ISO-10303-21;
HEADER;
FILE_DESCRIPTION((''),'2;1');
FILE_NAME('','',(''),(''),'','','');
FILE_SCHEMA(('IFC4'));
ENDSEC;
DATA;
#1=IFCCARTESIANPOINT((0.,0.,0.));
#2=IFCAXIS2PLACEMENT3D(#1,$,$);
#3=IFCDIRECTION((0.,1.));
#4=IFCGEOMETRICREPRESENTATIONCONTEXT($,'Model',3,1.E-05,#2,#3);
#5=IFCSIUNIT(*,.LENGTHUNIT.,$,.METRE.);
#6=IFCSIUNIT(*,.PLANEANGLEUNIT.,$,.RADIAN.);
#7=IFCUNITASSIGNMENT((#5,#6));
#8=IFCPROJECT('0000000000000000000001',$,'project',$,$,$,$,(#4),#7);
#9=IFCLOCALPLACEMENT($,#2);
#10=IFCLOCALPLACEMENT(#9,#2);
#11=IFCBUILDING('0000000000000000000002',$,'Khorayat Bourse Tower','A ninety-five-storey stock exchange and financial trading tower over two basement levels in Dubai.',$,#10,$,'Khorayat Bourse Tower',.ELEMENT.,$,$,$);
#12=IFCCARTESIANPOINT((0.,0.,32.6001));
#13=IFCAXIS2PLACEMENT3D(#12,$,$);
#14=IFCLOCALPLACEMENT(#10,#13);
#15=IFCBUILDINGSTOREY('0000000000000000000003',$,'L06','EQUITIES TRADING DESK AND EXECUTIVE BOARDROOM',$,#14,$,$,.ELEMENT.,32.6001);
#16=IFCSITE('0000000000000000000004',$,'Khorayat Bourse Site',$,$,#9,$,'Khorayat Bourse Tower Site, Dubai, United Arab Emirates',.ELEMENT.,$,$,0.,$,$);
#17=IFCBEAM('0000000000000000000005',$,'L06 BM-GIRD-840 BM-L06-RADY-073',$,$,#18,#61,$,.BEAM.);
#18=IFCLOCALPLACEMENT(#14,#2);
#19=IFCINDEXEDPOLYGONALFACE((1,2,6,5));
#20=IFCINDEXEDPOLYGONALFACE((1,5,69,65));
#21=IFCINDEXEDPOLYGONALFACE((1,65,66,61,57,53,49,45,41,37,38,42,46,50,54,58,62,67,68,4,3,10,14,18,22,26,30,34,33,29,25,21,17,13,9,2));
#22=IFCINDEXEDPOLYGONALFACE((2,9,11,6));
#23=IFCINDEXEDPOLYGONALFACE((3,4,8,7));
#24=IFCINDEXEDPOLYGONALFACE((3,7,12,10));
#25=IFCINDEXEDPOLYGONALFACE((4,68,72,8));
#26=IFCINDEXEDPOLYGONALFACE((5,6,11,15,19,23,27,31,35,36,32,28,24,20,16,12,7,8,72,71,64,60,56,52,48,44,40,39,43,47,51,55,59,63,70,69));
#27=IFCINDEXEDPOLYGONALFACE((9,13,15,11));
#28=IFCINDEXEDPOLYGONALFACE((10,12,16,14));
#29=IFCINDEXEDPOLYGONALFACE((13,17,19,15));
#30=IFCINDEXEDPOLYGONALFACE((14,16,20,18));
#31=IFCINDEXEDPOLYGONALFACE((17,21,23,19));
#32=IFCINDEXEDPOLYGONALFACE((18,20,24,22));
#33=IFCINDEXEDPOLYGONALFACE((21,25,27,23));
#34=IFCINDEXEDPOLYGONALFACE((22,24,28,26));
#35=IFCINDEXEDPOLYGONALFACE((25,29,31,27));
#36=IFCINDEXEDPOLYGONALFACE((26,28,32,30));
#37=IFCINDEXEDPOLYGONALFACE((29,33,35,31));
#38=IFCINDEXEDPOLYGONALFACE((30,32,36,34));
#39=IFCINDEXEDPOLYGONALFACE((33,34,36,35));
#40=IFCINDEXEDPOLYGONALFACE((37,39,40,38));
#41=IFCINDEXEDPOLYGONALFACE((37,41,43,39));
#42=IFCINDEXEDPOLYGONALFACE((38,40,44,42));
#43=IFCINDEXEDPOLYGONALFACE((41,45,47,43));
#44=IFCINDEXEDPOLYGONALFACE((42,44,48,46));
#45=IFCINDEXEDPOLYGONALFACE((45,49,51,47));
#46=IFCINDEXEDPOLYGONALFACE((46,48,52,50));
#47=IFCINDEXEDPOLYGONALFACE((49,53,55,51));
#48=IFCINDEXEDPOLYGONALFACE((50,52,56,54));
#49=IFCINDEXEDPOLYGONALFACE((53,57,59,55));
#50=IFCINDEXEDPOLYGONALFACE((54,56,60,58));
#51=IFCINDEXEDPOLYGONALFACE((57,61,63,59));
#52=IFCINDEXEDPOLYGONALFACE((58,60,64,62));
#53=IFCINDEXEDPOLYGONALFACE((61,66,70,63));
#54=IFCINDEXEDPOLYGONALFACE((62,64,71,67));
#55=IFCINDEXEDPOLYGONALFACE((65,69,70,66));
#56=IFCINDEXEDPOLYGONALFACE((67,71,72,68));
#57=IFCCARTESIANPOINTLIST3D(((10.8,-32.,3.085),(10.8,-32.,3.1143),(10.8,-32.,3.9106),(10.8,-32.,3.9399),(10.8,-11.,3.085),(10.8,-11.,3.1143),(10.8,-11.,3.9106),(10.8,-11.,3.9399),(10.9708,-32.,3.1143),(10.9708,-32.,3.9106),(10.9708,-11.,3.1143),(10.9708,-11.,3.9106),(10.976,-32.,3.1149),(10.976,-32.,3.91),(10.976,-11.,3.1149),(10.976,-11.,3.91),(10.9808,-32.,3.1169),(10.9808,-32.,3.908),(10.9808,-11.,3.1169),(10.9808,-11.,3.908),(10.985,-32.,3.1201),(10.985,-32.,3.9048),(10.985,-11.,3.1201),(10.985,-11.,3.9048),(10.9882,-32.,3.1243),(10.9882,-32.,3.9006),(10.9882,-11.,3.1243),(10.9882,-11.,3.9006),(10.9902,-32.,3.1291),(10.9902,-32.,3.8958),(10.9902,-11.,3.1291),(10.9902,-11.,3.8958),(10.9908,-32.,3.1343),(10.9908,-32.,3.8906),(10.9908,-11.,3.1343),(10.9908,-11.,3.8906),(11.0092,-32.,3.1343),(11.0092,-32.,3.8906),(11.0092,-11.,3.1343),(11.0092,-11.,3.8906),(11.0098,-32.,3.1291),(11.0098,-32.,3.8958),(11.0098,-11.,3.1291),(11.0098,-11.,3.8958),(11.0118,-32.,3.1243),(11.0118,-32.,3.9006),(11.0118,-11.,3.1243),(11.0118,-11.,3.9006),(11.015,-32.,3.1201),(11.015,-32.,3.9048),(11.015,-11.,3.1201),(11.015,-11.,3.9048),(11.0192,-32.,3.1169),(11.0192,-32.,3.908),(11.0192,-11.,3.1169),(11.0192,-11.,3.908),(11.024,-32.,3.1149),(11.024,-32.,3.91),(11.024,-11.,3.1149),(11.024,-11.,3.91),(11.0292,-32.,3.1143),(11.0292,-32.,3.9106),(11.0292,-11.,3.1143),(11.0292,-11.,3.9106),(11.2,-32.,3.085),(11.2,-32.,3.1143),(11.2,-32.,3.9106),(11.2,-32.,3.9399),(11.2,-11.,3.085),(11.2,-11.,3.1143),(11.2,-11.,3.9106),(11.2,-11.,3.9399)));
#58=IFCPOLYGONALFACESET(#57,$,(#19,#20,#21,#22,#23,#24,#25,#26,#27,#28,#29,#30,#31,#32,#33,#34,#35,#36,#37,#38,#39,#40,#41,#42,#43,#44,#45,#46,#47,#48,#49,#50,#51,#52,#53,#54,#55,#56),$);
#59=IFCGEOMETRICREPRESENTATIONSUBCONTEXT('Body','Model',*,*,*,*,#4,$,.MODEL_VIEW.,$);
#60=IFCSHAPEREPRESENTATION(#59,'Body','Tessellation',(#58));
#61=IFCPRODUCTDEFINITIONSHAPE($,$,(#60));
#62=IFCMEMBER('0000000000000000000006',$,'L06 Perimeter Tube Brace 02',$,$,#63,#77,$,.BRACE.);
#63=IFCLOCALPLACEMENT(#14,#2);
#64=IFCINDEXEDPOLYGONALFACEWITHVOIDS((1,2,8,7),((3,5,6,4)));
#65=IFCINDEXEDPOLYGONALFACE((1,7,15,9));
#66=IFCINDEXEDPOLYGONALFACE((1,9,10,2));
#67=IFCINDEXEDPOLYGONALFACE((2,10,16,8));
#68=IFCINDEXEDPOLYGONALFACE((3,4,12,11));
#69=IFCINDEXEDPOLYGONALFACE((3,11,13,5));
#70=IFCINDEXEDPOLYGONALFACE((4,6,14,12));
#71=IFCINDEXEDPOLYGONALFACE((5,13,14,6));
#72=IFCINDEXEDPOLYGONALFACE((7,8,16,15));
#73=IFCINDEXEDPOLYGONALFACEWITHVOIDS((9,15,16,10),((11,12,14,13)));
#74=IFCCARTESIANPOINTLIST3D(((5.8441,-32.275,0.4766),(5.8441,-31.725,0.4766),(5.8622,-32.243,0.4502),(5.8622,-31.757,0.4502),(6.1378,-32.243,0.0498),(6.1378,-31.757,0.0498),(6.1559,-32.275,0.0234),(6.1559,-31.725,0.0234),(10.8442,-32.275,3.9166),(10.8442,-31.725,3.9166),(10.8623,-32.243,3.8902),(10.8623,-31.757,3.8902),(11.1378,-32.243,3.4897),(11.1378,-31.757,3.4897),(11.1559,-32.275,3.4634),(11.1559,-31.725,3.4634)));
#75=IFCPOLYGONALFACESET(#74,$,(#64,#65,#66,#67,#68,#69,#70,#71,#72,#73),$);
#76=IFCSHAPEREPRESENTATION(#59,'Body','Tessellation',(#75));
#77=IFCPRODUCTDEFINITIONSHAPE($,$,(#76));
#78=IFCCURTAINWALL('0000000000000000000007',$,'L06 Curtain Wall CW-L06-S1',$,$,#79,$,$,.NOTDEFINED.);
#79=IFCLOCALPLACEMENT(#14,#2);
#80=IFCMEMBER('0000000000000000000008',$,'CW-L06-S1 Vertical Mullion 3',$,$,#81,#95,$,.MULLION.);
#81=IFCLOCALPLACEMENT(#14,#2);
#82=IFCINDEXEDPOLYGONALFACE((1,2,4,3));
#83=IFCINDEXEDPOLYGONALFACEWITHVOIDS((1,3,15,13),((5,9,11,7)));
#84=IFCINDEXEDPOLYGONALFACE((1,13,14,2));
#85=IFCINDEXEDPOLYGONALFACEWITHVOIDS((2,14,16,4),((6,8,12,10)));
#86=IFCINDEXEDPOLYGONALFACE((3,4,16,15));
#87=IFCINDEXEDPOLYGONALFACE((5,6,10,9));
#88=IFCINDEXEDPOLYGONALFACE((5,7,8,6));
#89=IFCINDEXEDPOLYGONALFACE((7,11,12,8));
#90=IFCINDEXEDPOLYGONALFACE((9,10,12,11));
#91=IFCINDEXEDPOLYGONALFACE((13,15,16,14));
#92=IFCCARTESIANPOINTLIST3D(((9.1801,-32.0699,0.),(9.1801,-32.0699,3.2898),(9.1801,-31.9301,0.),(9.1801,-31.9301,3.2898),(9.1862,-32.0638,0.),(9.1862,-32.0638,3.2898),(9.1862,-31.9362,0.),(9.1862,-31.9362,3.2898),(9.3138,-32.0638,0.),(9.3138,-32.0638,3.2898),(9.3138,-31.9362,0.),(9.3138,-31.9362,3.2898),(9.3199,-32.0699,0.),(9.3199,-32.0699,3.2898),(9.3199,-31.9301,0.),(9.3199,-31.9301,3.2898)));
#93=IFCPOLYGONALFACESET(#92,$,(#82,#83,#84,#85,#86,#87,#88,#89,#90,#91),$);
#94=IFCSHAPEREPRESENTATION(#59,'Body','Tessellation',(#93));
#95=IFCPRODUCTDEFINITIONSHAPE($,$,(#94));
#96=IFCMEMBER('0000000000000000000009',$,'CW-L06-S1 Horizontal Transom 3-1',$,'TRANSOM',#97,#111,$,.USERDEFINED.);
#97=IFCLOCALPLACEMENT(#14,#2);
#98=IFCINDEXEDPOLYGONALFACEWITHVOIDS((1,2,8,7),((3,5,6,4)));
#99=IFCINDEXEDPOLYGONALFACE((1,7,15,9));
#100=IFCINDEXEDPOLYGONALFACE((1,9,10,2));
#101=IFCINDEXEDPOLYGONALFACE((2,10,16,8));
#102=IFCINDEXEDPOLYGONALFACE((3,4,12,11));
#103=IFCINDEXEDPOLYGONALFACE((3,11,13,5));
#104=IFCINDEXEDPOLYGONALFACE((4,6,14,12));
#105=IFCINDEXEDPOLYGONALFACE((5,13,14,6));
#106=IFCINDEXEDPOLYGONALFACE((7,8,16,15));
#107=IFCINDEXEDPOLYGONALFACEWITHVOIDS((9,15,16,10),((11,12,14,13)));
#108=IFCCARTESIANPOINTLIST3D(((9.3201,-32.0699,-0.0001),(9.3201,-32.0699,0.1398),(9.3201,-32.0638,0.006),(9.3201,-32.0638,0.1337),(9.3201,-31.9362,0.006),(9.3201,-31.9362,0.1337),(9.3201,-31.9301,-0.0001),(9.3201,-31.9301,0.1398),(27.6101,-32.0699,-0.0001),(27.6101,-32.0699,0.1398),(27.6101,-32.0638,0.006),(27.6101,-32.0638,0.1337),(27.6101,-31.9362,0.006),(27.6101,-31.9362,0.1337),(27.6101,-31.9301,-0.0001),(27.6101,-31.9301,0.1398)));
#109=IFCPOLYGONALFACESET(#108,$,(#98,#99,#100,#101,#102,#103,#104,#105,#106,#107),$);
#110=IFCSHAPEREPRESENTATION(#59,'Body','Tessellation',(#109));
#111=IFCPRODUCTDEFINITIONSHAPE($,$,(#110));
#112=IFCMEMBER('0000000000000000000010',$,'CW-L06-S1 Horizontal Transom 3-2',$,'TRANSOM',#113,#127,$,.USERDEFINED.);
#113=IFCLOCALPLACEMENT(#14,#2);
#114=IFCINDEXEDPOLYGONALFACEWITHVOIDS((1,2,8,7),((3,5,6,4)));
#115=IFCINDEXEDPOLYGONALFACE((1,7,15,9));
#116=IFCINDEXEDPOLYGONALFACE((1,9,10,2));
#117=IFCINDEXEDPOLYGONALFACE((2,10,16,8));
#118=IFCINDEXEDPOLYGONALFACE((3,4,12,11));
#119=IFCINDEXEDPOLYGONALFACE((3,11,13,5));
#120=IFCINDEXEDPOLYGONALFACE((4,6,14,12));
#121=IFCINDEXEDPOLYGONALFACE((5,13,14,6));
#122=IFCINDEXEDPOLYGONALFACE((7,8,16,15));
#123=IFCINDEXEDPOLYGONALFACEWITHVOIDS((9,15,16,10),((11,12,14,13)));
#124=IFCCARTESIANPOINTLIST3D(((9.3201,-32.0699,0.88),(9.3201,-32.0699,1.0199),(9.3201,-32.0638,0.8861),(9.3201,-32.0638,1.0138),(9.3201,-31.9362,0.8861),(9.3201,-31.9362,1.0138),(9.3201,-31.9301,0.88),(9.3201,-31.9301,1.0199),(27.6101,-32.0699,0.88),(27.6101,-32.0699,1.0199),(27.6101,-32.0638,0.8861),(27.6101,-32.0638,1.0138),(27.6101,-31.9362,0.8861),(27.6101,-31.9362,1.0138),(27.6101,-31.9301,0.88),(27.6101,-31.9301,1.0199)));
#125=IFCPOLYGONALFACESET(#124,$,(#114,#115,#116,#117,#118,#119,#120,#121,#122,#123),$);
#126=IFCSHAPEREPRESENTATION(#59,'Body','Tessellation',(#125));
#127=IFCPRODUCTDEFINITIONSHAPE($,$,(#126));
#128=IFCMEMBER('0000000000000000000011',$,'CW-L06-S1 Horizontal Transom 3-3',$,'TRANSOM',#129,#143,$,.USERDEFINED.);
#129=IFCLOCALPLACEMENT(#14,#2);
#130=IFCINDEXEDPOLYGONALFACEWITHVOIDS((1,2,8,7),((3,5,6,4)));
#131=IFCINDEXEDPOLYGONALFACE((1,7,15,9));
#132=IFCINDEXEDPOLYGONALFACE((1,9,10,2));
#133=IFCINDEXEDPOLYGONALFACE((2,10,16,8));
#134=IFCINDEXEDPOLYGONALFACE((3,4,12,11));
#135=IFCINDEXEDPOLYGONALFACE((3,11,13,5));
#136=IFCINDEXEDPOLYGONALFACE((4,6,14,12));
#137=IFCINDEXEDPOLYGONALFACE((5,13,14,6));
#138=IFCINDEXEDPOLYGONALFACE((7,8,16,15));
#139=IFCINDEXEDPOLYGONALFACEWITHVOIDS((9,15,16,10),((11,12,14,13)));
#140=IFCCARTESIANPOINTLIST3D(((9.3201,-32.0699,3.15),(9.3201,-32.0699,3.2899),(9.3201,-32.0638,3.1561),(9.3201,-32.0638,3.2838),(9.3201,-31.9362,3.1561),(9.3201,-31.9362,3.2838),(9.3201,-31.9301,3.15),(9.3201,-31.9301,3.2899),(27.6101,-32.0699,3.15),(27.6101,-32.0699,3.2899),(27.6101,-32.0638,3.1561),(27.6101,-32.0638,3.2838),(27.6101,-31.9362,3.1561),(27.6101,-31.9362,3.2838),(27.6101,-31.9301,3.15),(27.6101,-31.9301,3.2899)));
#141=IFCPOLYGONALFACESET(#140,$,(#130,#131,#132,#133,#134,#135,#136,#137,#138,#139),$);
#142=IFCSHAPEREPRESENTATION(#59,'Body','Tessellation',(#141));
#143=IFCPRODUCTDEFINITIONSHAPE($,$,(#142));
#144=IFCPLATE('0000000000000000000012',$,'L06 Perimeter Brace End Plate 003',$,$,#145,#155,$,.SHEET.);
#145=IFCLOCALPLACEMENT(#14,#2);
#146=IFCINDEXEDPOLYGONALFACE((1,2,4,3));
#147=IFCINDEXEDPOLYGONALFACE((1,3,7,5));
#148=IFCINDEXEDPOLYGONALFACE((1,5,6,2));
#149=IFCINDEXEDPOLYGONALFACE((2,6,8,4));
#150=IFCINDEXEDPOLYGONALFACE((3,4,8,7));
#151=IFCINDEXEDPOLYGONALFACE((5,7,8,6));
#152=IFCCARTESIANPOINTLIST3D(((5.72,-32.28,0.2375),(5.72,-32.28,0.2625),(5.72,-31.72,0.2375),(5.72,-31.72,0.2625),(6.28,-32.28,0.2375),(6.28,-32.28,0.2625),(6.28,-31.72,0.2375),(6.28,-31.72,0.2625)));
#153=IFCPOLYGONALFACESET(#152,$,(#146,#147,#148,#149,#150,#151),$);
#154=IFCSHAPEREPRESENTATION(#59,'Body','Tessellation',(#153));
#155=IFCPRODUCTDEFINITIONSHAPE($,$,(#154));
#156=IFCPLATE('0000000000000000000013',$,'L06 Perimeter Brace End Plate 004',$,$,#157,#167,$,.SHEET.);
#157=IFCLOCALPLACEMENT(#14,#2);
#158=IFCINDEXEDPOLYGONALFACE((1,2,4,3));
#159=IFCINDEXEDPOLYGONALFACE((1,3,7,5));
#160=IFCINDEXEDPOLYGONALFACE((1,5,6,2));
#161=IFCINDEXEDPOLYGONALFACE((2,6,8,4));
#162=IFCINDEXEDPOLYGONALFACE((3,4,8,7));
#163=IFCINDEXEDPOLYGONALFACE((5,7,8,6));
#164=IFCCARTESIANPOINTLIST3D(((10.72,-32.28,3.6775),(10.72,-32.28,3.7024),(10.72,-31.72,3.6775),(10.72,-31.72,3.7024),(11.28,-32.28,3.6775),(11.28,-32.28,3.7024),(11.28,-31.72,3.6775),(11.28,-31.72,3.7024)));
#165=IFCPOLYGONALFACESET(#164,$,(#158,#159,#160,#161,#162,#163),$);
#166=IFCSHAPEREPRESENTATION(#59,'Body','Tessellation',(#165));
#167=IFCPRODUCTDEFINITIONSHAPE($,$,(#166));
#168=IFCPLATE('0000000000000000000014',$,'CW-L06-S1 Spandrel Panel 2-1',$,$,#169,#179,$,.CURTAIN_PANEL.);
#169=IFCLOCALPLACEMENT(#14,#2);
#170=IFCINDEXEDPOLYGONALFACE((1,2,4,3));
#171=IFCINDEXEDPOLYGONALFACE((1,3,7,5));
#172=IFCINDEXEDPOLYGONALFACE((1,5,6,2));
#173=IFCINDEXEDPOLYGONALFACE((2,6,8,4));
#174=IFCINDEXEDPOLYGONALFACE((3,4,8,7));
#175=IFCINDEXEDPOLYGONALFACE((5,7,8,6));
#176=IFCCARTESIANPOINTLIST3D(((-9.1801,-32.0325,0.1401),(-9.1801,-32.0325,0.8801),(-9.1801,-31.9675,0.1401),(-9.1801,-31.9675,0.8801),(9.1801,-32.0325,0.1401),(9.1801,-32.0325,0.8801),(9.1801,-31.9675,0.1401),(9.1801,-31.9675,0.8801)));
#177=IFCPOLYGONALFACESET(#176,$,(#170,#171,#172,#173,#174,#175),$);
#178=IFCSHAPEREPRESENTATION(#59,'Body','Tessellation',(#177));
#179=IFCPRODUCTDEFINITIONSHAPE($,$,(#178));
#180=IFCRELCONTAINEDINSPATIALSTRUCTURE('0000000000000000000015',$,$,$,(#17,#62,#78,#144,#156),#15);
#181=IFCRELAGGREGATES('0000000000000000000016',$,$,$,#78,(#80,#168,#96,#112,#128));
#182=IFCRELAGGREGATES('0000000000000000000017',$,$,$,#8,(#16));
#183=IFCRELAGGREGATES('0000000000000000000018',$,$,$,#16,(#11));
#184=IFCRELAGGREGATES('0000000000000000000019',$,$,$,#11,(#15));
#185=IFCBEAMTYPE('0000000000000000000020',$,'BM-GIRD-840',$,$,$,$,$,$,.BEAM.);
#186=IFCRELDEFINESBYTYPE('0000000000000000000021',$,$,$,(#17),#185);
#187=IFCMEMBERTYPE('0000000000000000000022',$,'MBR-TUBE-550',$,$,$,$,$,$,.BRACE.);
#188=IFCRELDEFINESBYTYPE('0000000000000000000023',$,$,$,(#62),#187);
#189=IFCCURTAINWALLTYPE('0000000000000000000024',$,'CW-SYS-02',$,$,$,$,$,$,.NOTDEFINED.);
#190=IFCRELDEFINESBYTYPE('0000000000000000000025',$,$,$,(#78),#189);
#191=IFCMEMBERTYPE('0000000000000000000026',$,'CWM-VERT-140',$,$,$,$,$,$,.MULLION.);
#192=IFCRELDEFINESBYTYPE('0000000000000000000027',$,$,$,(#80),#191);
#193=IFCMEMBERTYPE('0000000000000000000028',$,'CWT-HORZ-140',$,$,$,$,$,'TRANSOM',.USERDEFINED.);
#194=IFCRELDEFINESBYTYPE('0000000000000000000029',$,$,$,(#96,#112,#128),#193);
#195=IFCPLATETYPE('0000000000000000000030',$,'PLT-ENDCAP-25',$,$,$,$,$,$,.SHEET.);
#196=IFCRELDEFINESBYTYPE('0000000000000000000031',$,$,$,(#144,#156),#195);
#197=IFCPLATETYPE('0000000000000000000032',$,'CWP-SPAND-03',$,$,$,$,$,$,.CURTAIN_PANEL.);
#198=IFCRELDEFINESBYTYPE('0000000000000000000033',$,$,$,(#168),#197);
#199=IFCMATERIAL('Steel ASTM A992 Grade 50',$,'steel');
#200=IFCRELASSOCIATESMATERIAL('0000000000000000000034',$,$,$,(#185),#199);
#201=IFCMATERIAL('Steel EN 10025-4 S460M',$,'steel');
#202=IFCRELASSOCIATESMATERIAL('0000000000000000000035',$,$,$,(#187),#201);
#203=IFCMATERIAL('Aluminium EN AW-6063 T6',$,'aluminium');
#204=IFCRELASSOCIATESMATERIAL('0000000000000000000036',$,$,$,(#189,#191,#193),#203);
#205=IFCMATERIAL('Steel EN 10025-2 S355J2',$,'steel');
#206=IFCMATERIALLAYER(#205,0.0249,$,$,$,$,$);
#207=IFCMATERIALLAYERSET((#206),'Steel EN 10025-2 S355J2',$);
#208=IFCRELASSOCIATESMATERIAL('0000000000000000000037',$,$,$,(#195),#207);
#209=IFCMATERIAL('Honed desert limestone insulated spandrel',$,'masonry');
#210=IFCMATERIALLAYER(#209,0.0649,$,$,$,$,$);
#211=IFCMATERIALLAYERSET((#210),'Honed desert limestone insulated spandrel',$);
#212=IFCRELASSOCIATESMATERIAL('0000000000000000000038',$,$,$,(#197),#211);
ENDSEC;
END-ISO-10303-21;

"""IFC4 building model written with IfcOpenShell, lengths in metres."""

from ifc_helpers import new_model, si_unit, direction, frame, origin, origin_2d, place, context, subcontext, project, spatial, rectangle, hollow_rectangle, i_section, extrude, source, transform, mapped, material, layer, layer_set, material_profile, profile_set, type_object, element, aggregate, save


model = new_model("IFC4")

# Units and contexts
model_context = context("Model", 3, precision=1e-05, world=origin(), true_north=direction((0.0, 1.0)))
body_context = subcontext(model_context, "Body", "Model", "MODEL_VIEW")
ifc_project = project(units=[si_unit("LENGTHUNIT", "METRE"), si_unit("PLANEANGLEUNIT", "RADIAN")], contexts=[model_context])

# Site, building, storey
site_placement = place(None, origin())
site = spatial("IfcSite", under=ifc_project, at=site_placement, Name="Khorayat Bourse Site", LongName="Khorayat Bourse Tower Site, Dubai, United Arab Emirates", CompositionType="ELEMENT", RefElevation=0.0)
building_placement = place(site_placement, origin())
building = spatial("IfcBuilding", under=site, at=building_placement, Name="Khorayat Bourse Tower", Description="A ninety-five-storey stock exchange and financial trading tower over two basement levels in Dubai.", LongName="Khorayat Bourse Tower", CompositionType="ELEMENT")
storey_placement = place(building_placement, frame((0.0, 0.0, 32.6001)))
storey = spatial("IfcBuildingStorey", under=building, at=storey_placement, Name="L06", Description="EQUITIES TRADING DESK AND EXECUTIVE BOARDROOM", CompositionType="ELEMENT", Elevation=32.6001)

# Shared definitions
ifc_material_1 = material(Name="Steel EN 10025-4 S460M", Category="steel")

# Beam
ifc_material_2 = material(Name="Steel ASTM A992 Grade 50", Category="steel")
ifc_material_profile_1 = material_profile(ifc_material_2, i_section(OverallWidth=0.3999, OverallDepth=0.855, WebThickness=0.0183, FlangeThickness=0.0293, FilletRadius=0.02, at=origin_2d()), Name="W840X299")
ifc_profile_set_1 = profile_set([ifc_material_profile_1], Name="Steel ASTM A992 Grade 50")
beam_type_1 = type_object("IfcBeamType", Name="BM-GIRD-840", PredefinedType="BEAM", material=ifc_profile_set_1)
shared_shape_1 = source(origin(), body_context, "Body", "SweptSolid", [
    extrude(i_section(OverallWidth=0.3999, OverallDepth=0.855, WebThickness=0.0183, FlangeThickness=0.0293, FilletRadius=0.02, at=origin_2d()), origin(), (0.0, 0.0, 1.0), 21.0),
])
for number, where, z_axis, x_axis, name in (
    (1, (11.0, -32.0, 3.5125), (0.0, 1.0, 0.0), (-1.0, 0.0, 0.0), "L06 BM-GIRD-840 BM-L06-RADY-073"),
):
    element("IfcBeam", number, at=place(storey_placement, frame(where, z_axis=z_axis, x_axis=x_axis)), inside=storey, type_object=beam_type_1, Name=name, PredefinedType="BEAM", context=body_context, shape_type="MappedRepresentation", body=[
        mapped(shared_shape_1, transform((0.0, 0.0, 0.0), scale=1.0)),
    ])

# Member
ifc_material_profile_2 = material_profile(ifc_material_1, hollow_rectangle(XDim=0.55, YDim=0.55, WallThickness=0.032, at=origin_2d()), Name="HSS 550x550x32")
ifc_profile_set_2 = profile_set([ifc_material_profile_2], Name="Steel EN 10025-4 S460M")
member_type_1 = type_object("IfcMemberType", Name="MBR-TUBE-550", PredefinedType="BRACE", material=ifc_profile_set_2)
shared_shape_2 = source(origin(), body_context, "Body", "SweptSolid", [
    extrude(hollow_rectangle(XDim=0.55, YDim=0.55, WallThickness=0.032, at=origin_2d()), origin(), (0.0, 0.0, 1.0), 6.0691),
])
member_1_placement = place(storey_placement, frame((6.0, -32.0, 0.25), z_axis=(0.823854, 0.0, 0.566802), x_axis=(0.0, 1.0, 0.0)))
element("IfcMember", 2, at=member_1_placement, inside=storey, type_object=member_type_1, Name="L06 Perimeter Tube Brace 02", PredefinedType="BRACE", context=body_context, shape_type="MappedRepresentation", body=[
    mapped(shared_shape_2, transform((0.0, 0.0, 0.0), scale=1.0)),
])

# Curtain wall, members
ifc_material_3 = material(Name="Aluminium EN AW-6063 T6", Category="aluminium")
curtain_wall_type = type_object("IfcCurtainWallType", Name="CW-SYS-02", PredefinedType="NOTDEFINED", material=ifc_material_3)
curtain_wall_placement = place(storey_placement, origin())
curtain_wall = element("IfcCurtainWall", 3, at=curtain_wall_placement, inside=storey, type_object=curtain_wall_type, Name="L06 Curtain Wall CW-L06-S1", PredefinedType="NOTDEFINED")
ifc_material_profile_3 = material_profile(ifc_material_3, hollow_rectangle(XDim=0.1399, YDim=0.1399, WallThickness=0.0061, at=origin_2d()), Name="ALU 140x140x6")
ifc_profile_set_3 = profile_set([ifc_material_profile_3], Name="Aluminium EN AW-6063 T6")
member_type_2 = type_object("IfcMemberType", Name="CWM-VERT-140", PredefinedType="MULLION", material=ifc_profile_set_3)
shared_shape_3 = source(origin(), body_context, "Body", "SweptSolid", [
    extrude(hollow_rectangle(XDim=0.1399, YDim=0.1399, WallThickness=0.0061, at=origin_2d()), origin(), (0.0, 0.0, 1.0), 3.2898),
])
member_2_placement = place(storey_placement, frame((9.25, -32.0, 0.0), z_axis=(0.0, 0.0, 1.0), x_axis=(0.0, 1.0, 0.0)))
member_2 = element("IfcMember", 4, at=member_2_placement, type_object=member_type_2, Name="CW-L06-S1 Vertical Mullion 3", PredefinedType="MULLION", context=body_context, shape_type="MappedRepresentation", body=[
    mapped(shared_shape_3, transform((0.0, 0.0, 0.0), scale=1.0)),
])
ifc_material_profile_4 = material_profile(ifc_material_3, hollow_rectangle(XDim=0.1399, YDim=0.1399, WallThickness=0.0061, at=origin_2d()), Name="ALU 140x140x6")
ifc_profile_set_4 = profile_set([ifc_material_profile_4], Name="Aluminium EN AW-6063 T6")
member_type_3 = type_object("IfcMemberType", Name="CWT-HORZ-140", ElementType="TRANSOM", PredefinedType="USERDEFINED", material=ifc_profile_set_4)
shared_shape_4 = source(origin(), body_context, "Body", "SweptSolid", [
    extrude(hollow_rectangle(XDim=0.1399, YDim=0.1399, WallThickness=0.0061, at=origin_2d()), origin(), (0.0, 0.0, 1.0), 18.29),
])
member_3_placement = place(storey_placement, frame((9.3201, -32.0, 0.0698), z_axis=(1.0, 0.0, 0.0), x_axis=(0.0, 1.0, 0.0)))
member_3 = element("IfcMember", 5, at=member_3_placement, type_object=member_type_3, Name="CW-L06-S1 Horizontal Transom 3-1", ObjectType="TRANSOM", PredefinedType="USERDEFINED", context=body_context, shape_type="MappedRepresentation", body=[
    mapped(shared_shape_4, transform((0.0, 0.0, 0.0), scale=1.0)),
])
member_4_placement = place(storey_placement, frame((9.3201, -32.0, 0.95), z_axis=(1.0, 0.0, 0.0), x_axis=(0.0, 1.0, 0.0)))
member_4 = element("IfcMember", 6, at=member_4_placement, type_object=member_type_3, Name="CW-L06-S1 Horizontal Transom 3-2", ObjectType="TRANSOM", PredefinedType="USERDEFINED", context=body_context, shape_type="MappedRepresentation", body=[
    mapped(shared_shape_4, transform((0.0, 0.0, 0.0), scale=1.0)),
])
member_5_placement = place(storey_placement, frame((9.3201, -32.0, 3.22), z_axis=(1.0, 0.0, 0.0), x_axis=(0.0, 1.0, 0.0)))
member_5 = element("IfcMember", 7, at=member_5_placement, type_object=member_type_3, Name="CW-L06-S1 Horizontal Transom 3-3", ObjectType="TRANSOM", PredefinedType="USERDEFINED", context=body_context, shape_type="MappedRepresentation", body=[
    mapped(shared_shape_4, transform((0.0, 0.0, 0.0), scale=1.0)),
])

# Plates
ifc_material_4 = material(Name="Steel EN 10025-2 S355J2", Category="steel")
ifc_layer_1 = layer(ifc_material_4, 0.0249)
ifc_layer_set_1 = layer_set([ifc_layer_1], Name="Steel EN 10025-2 S355J2")
plate_type_1 = type_object("IfcPlateType", Name="PLT-ENDCAP-25", PredefinedType="SHEET", material=ifc_layer_set_1)
shared_shape_5 = source(origin(), body_context, "Body", "SweptSolid", [
    extrude(rectangle(XDim=0.5601, YDim=0.5601, at=origin_2d()), origin(), (0.0, 0.0, 1.0), 0.0249),
])
for number, where, z_axis, x_axis, name in (
    (8, (6.0, -32.0, 0.2375), (0.0, 0.0, 1.0), (1.0, 0.0, 0.0), "L06 Perimeter Brace End Plate 003"),
    (9, (11.0, -32.0, 3.6775), (0.0, 0.0, 1.0), (1.0, 0.0, 0.0), "L06 Perimeter Brace End Plate 004"),
):
    element("IfcPlate", number, at=place(storey_placement, frame(where, z_axis=z_axis, x_axis=x_axis)), inside=storey, type_object=plate_type_1, Name=name, PredefinedType="SHEET", context=body_context, shape_type="MappedRepresentation", body=[
        mapped(shared_shape_5, transform((0.0, 0.0, 0.0), scale=1.0)),
    ])

# Plate
ifc_material_5 = material(Name="Honed desert limestone insulated spandrel", Category="masonry")
ifc_layer_2 = layer(ifc_material_5, 0.0649)
ifc_layer_set_2 = layer_set([ifc_layer_2], Name="Honed desert limestone insulated spandrel")
plate_type_2 = type_object("IfcPlateType", Name="CWP-SPAND-03", PredefinedType="CURTAIN_PANEL", material=ifc_layer_set_2)
shared_shape_6 = source(origin(), body_context, "Body", "SweptSolid", [
    extrude(rectangle(XDim=18.3601, YDim=0.0649, at=origin_2d()), origin(), (0.0, 0.0, 1.0), 0.74),
])
plate_1_placement = place(storey_placement, frame((0.0, -32.0, 0.1401), z_axis=(0.0, 0.0, 1.0), x_axis=(1.0, 0.0, 0.0)))
plate_1 = element("IfcPlate", 10, at=plate_1_placement, type_object=plate_type_2, Name="CW-L06-S1 Spandrel Panel 2-1", PredefinedType="CURTAIN_PANEL", context=body_context, shape_type="MappedRepresentation", body=[
    mapped(shared_shape_6, transform((0.0, 0.0, 0.0), scale=1.0)),
])
aggregate(curtain_wall, [member_2, plate_1, member_3, member_4, member_5])

save(model, "model.ifc")
